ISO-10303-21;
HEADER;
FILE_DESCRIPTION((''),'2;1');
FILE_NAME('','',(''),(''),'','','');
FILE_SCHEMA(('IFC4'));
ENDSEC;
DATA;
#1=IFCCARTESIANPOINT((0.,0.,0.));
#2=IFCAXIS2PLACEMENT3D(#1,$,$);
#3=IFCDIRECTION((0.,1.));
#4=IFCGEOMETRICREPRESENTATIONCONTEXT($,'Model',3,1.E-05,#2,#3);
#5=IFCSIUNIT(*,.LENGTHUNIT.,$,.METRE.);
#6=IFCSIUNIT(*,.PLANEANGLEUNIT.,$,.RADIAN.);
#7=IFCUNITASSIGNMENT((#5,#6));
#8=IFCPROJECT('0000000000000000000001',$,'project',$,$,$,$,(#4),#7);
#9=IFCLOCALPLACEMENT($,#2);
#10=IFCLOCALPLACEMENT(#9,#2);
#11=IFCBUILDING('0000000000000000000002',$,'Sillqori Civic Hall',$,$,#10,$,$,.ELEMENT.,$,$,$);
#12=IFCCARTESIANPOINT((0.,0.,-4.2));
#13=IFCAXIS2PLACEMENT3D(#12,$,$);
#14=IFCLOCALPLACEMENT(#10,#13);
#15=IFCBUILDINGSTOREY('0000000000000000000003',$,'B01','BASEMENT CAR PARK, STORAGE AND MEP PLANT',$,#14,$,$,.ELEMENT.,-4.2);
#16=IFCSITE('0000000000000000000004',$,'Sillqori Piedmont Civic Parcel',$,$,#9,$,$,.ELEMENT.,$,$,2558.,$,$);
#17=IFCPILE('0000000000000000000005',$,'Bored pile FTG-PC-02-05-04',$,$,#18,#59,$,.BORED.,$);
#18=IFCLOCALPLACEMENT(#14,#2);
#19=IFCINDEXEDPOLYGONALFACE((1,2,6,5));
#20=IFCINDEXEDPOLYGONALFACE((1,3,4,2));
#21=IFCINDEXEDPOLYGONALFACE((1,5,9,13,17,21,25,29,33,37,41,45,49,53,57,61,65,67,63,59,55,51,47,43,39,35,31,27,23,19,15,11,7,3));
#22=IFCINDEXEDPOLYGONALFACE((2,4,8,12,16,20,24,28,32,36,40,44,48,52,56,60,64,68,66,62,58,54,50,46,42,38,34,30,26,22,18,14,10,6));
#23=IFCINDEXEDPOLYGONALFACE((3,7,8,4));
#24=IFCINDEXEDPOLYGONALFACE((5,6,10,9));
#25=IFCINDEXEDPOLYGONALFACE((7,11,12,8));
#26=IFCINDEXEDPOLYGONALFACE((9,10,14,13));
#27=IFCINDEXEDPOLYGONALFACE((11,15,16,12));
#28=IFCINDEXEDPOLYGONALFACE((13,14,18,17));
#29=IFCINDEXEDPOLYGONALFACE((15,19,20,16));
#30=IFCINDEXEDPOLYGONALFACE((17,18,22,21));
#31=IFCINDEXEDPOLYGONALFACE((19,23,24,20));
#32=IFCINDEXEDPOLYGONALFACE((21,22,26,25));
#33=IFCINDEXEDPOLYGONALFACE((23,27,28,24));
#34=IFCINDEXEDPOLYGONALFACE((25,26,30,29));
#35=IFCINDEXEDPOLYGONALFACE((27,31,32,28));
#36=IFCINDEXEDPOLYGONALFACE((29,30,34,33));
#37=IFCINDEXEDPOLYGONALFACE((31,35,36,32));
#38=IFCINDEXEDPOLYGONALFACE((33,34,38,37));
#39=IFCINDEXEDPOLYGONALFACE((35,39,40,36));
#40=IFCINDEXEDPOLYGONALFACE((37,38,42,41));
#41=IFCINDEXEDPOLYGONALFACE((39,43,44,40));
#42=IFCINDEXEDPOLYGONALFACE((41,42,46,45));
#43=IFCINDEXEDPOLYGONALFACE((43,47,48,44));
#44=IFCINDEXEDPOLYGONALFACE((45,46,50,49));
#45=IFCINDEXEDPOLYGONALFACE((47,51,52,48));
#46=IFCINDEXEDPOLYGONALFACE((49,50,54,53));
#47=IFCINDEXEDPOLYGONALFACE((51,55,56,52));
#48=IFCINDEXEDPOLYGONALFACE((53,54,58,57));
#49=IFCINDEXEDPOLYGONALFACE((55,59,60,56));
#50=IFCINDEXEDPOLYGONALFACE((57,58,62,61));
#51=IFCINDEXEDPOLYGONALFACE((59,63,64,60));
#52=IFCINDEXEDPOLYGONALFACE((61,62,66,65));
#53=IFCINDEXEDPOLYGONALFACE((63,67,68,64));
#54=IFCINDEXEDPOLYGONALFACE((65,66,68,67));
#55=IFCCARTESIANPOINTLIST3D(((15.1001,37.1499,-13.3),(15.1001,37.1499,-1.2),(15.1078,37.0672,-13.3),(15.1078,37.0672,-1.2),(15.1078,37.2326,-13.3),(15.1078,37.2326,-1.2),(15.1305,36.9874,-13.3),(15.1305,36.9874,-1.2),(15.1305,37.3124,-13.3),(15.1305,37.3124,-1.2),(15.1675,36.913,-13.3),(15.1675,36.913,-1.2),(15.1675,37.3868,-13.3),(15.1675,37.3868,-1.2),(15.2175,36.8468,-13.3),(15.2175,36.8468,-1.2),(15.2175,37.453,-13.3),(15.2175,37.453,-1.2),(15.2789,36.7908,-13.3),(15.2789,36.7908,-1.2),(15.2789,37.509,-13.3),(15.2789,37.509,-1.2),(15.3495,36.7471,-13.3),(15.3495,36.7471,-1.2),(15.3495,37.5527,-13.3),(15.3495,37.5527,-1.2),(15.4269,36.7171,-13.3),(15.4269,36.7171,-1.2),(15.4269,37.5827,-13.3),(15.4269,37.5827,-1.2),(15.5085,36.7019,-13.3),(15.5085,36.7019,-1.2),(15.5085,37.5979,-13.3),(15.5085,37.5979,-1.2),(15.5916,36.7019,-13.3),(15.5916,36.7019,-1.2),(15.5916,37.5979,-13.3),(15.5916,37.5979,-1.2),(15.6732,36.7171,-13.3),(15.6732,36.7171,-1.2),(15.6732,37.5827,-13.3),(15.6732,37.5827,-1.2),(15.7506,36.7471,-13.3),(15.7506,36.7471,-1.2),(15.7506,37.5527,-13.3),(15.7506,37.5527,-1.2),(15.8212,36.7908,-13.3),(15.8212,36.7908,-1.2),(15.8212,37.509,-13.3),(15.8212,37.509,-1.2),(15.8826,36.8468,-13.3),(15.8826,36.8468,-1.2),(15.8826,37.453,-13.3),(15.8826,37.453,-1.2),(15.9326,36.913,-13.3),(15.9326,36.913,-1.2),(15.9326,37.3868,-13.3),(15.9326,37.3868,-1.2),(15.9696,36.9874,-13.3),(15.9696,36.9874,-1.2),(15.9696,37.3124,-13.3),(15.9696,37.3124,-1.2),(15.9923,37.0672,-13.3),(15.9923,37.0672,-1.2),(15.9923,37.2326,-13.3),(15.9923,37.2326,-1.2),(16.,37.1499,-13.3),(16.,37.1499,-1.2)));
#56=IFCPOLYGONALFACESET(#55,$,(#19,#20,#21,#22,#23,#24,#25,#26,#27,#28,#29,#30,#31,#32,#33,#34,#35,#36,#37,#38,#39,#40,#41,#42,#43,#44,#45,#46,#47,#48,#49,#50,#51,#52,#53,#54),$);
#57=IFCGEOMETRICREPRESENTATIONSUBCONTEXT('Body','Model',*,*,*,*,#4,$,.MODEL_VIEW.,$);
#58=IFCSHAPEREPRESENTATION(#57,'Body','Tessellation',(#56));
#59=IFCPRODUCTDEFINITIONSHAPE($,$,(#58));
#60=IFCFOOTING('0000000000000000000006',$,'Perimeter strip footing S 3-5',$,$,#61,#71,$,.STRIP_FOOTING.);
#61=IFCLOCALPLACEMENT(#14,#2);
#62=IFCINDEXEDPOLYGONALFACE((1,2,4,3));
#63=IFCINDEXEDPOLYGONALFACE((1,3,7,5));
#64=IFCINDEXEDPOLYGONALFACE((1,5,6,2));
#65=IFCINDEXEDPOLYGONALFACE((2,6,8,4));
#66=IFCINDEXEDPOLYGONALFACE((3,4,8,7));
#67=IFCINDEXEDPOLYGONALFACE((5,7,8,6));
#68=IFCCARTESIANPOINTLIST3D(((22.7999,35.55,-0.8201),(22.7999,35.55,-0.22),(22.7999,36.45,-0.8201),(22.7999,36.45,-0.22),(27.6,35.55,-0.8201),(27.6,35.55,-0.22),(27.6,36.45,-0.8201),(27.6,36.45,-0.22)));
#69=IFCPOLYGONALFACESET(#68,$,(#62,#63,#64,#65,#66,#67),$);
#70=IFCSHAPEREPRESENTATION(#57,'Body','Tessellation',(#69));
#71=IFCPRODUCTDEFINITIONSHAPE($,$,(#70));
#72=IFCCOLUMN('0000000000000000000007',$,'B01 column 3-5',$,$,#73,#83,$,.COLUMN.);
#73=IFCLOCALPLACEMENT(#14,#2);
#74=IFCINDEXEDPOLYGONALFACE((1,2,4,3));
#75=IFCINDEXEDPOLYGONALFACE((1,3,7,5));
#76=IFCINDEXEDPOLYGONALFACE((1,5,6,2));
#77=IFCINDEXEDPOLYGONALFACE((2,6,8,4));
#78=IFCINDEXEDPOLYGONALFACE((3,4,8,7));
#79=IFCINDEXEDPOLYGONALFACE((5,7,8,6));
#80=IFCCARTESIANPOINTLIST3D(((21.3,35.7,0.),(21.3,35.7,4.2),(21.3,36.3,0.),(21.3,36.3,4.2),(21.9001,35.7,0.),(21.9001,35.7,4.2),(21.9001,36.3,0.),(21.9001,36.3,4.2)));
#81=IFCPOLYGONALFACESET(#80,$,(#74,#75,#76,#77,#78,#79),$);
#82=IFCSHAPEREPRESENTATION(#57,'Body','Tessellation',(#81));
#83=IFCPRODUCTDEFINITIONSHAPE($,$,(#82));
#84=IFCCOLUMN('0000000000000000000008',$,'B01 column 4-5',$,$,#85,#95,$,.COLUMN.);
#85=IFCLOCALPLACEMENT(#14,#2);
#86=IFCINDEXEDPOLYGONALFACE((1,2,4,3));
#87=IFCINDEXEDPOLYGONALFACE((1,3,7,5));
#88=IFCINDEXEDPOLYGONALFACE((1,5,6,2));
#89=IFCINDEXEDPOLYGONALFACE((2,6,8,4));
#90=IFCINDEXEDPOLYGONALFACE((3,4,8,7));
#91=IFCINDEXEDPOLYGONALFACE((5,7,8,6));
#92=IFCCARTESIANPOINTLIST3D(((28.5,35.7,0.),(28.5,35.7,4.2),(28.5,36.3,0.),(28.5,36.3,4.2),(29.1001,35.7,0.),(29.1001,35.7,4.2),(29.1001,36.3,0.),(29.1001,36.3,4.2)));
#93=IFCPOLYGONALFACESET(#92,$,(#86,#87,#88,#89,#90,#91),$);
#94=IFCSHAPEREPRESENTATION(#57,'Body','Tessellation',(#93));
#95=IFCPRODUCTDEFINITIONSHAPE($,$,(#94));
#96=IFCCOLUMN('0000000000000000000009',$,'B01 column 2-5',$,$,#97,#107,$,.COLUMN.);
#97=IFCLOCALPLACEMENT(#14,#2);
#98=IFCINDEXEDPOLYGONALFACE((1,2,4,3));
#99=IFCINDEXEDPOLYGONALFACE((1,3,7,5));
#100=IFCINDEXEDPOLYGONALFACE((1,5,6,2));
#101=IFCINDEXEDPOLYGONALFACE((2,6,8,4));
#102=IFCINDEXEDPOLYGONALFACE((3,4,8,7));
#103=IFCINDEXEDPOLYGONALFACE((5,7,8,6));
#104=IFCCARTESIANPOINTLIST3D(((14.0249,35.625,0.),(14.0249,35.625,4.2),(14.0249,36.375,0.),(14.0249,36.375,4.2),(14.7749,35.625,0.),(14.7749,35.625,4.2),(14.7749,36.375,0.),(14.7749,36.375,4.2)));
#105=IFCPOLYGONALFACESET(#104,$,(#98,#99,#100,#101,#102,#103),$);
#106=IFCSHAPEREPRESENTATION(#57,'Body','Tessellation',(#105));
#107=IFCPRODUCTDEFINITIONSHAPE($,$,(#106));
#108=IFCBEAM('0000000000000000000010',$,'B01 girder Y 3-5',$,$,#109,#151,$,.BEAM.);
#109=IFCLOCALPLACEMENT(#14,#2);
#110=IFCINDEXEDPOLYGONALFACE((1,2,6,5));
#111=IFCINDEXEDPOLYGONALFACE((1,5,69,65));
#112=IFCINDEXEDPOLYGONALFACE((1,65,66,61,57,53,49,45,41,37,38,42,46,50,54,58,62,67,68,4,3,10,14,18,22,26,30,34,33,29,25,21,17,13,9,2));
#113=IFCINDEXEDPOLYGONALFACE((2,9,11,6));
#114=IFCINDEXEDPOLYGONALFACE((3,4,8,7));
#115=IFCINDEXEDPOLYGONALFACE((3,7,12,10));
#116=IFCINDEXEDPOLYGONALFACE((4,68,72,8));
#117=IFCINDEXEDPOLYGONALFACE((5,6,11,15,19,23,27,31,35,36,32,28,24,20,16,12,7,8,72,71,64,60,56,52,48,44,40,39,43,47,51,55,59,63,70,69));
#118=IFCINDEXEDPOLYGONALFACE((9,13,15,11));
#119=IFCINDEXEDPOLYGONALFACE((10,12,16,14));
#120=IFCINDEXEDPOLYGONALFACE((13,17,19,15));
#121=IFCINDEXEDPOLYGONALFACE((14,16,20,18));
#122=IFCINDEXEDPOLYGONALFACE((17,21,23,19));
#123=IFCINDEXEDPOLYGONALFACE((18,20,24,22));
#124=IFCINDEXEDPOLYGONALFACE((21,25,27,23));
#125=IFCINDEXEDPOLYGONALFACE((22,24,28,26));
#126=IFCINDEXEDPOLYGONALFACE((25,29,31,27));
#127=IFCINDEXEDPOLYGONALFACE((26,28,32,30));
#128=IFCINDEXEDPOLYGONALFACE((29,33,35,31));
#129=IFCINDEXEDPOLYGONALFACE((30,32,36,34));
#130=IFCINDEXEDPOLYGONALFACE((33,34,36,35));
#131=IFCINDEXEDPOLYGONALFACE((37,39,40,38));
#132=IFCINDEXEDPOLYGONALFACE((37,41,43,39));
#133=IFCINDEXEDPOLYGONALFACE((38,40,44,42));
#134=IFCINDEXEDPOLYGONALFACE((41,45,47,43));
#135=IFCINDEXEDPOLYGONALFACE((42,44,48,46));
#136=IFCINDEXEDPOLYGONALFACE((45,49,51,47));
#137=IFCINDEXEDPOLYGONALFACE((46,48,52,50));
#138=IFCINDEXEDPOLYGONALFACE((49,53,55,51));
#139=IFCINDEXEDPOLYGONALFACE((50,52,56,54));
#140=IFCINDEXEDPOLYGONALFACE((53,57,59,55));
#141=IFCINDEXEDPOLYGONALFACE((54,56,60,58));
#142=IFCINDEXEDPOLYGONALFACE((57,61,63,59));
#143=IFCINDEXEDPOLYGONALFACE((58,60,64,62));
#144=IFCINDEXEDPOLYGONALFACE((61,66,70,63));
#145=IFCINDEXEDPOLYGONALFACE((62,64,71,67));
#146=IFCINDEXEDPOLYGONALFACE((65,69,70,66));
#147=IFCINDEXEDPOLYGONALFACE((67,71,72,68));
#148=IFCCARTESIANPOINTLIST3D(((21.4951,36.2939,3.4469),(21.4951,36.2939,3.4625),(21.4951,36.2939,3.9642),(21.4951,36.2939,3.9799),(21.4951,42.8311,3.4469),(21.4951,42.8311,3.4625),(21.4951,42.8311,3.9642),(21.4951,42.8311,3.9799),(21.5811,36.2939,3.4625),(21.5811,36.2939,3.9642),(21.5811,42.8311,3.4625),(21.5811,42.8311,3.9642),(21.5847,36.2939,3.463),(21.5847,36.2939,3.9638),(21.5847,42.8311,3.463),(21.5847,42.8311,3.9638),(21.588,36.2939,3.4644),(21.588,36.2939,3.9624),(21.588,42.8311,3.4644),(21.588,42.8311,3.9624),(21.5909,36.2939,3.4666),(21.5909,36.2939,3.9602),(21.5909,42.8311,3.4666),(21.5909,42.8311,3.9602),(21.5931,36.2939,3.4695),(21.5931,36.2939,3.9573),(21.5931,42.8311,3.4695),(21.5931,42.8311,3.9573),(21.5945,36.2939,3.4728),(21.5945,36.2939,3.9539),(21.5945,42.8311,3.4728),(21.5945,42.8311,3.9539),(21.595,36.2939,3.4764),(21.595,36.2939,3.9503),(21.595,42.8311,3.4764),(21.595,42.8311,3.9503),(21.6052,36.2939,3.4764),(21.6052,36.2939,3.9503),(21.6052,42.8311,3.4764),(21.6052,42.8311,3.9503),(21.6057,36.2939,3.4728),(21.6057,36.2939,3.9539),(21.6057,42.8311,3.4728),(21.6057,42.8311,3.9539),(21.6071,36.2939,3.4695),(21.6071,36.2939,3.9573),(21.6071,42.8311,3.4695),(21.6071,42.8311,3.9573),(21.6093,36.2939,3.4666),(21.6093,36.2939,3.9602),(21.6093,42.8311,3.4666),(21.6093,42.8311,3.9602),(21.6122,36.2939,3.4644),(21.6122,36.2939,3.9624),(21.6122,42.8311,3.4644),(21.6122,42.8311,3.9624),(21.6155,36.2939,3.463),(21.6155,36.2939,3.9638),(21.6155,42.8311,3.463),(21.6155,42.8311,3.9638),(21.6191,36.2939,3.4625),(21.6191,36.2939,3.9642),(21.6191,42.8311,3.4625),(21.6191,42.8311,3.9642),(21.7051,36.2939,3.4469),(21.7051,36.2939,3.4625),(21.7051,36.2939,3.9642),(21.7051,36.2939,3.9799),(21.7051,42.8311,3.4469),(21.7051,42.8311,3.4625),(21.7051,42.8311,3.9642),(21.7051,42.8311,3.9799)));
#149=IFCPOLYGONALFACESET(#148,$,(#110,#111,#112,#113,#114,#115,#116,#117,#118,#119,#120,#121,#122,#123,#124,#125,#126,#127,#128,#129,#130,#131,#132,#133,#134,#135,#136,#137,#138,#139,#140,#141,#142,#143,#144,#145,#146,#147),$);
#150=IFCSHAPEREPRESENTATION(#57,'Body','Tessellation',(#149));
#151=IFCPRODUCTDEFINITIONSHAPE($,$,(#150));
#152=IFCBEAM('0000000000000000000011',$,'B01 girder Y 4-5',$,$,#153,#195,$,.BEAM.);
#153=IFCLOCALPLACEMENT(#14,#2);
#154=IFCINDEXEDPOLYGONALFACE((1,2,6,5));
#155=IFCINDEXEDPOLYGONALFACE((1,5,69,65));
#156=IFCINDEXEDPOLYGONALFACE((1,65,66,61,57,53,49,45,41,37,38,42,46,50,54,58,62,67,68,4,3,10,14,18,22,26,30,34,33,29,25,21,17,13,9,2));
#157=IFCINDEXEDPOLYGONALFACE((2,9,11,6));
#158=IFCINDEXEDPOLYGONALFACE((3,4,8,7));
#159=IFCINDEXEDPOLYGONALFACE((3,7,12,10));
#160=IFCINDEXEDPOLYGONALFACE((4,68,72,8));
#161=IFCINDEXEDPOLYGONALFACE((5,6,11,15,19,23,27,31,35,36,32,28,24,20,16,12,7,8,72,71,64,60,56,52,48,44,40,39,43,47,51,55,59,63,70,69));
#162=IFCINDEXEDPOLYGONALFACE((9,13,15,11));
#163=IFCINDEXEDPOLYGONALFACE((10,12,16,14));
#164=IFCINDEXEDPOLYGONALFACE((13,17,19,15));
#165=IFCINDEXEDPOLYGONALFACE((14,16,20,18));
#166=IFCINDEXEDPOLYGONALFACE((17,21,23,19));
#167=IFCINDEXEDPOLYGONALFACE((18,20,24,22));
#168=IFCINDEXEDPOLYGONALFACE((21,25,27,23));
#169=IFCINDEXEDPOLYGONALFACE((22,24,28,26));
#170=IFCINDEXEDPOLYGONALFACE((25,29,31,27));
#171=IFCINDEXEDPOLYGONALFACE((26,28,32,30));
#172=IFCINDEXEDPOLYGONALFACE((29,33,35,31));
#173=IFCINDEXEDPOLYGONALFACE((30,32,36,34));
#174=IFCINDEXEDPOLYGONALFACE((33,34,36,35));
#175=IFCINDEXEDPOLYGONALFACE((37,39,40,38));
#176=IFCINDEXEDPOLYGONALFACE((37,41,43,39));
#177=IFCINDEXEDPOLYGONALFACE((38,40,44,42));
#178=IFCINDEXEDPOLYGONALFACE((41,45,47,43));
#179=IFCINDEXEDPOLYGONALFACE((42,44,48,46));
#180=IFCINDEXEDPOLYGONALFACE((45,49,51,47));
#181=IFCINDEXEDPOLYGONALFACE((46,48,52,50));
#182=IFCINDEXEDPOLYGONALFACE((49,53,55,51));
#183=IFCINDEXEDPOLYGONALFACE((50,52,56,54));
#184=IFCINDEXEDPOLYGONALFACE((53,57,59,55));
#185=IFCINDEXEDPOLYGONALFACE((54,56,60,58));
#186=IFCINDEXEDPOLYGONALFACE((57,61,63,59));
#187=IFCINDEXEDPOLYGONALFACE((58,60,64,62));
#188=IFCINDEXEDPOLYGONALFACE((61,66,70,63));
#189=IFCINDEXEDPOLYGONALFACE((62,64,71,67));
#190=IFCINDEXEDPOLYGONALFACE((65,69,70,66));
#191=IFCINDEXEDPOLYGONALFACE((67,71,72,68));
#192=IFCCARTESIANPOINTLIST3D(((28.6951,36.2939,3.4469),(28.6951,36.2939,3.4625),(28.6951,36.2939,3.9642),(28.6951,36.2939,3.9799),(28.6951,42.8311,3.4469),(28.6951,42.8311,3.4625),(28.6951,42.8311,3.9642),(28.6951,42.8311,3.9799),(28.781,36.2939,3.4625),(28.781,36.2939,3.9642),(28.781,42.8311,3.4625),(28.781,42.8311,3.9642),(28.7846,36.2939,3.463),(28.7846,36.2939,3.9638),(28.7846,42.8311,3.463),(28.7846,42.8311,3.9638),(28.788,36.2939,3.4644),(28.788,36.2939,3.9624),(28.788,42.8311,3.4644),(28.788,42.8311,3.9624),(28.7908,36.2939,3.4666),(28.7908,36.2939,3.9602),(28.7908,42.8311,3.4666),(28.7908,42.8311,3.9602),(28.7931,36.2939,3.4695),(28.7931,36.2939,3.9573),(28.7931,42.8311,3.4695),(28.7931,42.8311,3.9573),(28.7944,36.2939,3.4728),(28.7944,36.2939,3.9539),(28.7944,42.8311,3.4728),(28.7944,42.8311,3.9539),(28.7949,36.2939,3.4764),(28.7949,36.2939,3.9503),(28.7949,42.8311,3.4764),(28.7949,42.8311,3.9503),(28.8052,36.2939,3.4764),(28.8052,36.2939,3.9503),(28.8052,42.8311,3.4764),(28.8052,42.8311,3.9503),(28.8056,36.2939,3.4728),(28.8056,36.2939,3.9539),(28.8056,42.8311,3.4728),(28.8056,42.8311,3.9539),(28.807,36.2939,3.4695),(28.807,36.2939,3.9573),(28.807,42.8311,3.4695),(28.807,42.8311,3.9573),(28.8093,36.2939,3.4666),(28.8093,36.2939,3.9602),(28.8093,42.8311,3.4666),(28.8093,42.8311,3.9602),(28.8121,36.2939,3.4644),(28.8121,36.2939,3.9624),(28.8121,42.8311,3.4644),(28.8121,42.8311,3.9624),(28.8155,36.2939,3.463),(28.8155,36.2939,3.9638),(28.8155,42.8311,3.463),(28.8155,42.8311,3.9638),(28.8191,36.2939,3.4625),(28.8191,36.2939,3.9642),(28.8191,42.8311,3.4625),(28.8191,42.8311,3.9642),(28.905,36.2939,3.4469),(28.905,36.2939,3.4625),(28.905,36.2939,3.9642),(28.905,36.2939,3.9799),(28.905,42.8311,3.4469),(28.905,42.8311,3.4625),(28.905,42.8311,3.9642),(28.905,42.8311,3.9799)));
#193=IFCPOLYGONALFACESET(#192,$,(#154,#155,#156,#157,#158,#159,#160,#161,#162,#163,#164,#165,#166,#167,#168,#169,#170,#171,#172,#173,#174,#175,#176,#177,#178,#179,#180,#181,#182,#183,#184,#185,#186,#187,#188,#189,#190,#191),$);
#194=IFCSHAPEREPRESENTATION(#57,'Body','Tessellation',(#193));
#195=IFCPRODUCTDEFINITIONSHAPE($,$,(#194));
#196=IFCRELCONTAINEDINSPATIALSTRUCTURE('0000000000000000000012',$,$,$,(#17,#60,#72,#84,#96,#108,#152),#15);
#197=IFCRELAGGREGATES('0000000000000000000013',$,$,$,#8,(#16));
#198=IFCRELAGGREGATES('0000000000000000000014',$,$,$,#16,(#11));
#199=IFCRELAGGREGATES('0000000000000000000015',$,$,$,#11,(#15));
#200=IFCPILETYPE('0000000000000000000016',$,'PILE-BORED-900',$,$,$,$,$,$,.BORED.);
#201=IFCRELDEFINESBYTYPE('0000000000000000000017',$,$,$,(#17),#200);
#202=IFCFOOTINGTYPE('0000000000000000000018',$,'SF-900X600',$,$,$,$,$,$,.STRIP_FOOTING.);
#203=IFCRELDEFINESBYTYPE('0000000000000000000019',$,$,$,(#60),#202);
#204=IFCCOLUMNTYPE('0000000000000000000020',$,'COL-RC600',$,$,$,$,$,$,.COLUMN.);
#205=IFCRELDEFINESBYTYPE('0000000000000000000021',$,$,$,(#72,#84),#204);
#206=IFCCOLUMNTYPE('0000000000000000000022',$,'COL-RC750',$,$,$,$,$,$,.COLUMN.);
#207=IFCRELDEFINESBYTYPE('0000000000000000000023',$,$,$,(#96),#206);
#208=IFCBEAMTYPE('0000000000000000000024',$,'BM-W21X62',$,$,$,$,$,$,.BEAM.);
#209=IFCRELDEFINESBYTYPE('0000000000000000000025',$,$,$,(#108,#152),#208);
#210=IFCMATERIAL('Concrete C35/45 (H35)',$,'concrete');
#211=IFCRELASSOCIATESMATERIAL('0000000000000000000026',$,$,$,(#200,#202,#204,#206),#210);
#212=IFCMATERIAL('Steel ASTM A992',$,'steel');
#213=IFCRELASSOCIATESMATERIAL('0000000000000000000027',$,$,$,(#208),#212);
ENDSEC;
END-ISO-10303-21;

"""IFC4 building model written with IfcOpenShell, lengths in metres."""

from ifc_helpers import new_model, si_unit, direction, frame, origin, origin_2d, place, context, subcontext, project, spatial, rectangle, circle, i_section, extrude, material, material_profile, profile_set, type_object, element, save


model = new_model("IFC4")

# Units and contexts
model_context = context("Model", 3, precision=1e-05, world=origin(), true_north=direction((0.0, 1.0)))
body_context = subcontext(model_context, "Body", "Model", "MODEL_VIEW")
ifc_project = project(units=[si_unit("LENGTHUNIT", "METRE"), si_unit("PLANEANGLEUNIT", "RADIAN")], contexts=[model_context])

# Site, building, storey
site_placement = place(None, origin())
site = spatial("IfcSite", under=ifc_project, at=site_placement, Name="Sillqori Piedmont Civic Parcel", CompositionType="ELEMENT", RefElevation=2558.0)
building_placement = place(site_placement, origin())
building = spatial("IfcBuilding", under=site, at=building_placement, Name="Sillqori Civic Hall", CompositionType="ELEMENT")
storey_placement = place(building_placement, frame((0.0, 0.0, -4.2)))
storey = spatial("IfcBuildingStorey", under=building, at=storey_placement, Name="B01", Description="BASEMENT CAR PARK, STORAGE AND MEP PLANT", CompositionType="ELEMENT", Elevation=-4.2)

# Shared definitions
ifc_material_1 = material(Name="Concrete C35/45 (H35)", Category="concrete")

# Pile
ifc_material_profile_1 = material_profile(ifc_material_1, circle(Radius=0.45, at=origin_2d()), Name="BORED PILE 900")
ifc_profile_set_1 = profile_set([ifc_material_profile_1], Name="Concrete C35/45 (H35)")
pile_type = type_object("IfcPileType", Name="PILE-BORED-900", PredefinedType="BORED", material=ifc_profile_set_1)
for number, where, z_axis, x_axis, name in (
    (1, (15.55, 37.1499, -1.2), (0.0, 0.0, -1.0), (1.0, 0.0, 0.0), "Bored pile FTG-PC-02-05-04"),
):
    element("IfcPile", number, at=place(storey_placement, frame(where, z_axis=z_axis, x_axis=x_axis)), inside=storey, type_object=pile_type, Name=name, PredefinedType="BORED", context=body_context, shape_type="SweptSolid", body=[
        extrude(circle(Radius=0.45, at=origin_2d()), origin(), (0.0, 0.0, 1.0), 12.1001),
    ])

# Footing
footing_type_1 = type_object("IfcFootingType", Name="SF-900X600", PredefinedType="STRIP_FOOTING", material=ifc_material_1)
footing_1_placement = place(storey_placement, frame((25.2, 36.0, -0.8201), z_axis=(0.0, 0.0, 1.0), x_axis=(1.0, 0.0, 0.0)))
element("IfcFooting", 2, at=footing_1_placement, inside=storey, type_object=footing_type_1, Name="Perimeter strip footing S 3-5", PredefinedType="STRIP_FOOTING", context=body_context, shape_type="SweptSolid", body=[
    extrude(rectangle(XDim=4.8, YDim=0.8999, at=origin_2d()), origin(), (0.0, 0.0, 1.0), 0.6001),
])

# Columns
ifc_material_profile_2 = material_profile(ifc_material_1, rectangle(XDim=0.6001, YDim=0.6001, at=origin_2d()), Name="RC 600x600")
ifc_profile_set_2 = profile_set([ifc_material_profile_2], Name="Concrete C35/45 (H35)")
column_type_1 = type_object("IfcColumnType", Name="COL-RC600", PredefinedType="COLUMN", material=ifc_profile_set_2)
for number, where, z_axis, x_axis, name in (
    (3, (21.6001, 36.0, 0.0), (0.0, 0.0, 1.0), (1.0, 0.0, 0.0), "B01 column 3-5"),
    (4, (28.8, 36.0, 0.0), (0.0, 0.0, 1.0), (1.0, 0.0, 0.0), "B01 column 4-5"),
):
    element("IfcColumn", number, at=place(storey_placement, frame(where, z_axis=z_axis, x_axis=x_axis)), inside=storey, type_object=column_type_1, Name=name, PredefinedType="COLUMN", context=body_context, shape_type="SweptSolid", body=[
        extrude(rectangle(XDim=0.6001, YDim=0.6001, at=origin_2d()), origin(), (0.0, 0.0, 1.0), 4.2),
    ])
ifc_material_profile_3 = material_profile(ifc_material_1, rectangle(XDim=0.75, YDim=0.75, at=origin_2d()), Name="RC 750x750")
ifc_profile_set_3 = profile_set([ifc_material_profile_3], Name="Concrete C35/45 (H35)")
column_type_2 = type_object("IfcColumnType", Name="COL-RC750", PredefinedType="COLUMN", material=ifc_profile_set_3)
column_placement = place(storey_placement, frame((14.3999, 36.0, 0.0), z_axis=(0.0, 0.0, 1.0), x_axis=(1.0, 0.0, 0.0)))
element("IfcColumn", 5, at=column_placement, inside=storey, type_object=column_type_2, Name="B01 column 2-5", PredefinedType="COLUMN", context=body_context, shape_type="SweptSolid", body=[
    extrude(rectangle(XDim=0.75, YDim=0.75, at=origin_2d()), origin(), (0.0, 0.0, 1.0), 4.2),
])

# Beams
ifc_material_2 = material(Name="Steel ASTM A992", Category="steel")
ifc_material_profile_4 = material_profile(ifc_material_2, i_section(OverallWidth=0.21, OverallDepth=0.533, WebThickness=0.0103, FlangeThickness=0.0156, FilletRadius=0.0139, at=origin_2d()), Name="W21X62")
ifc_profile_set_4 = profile_set([ifc_material_profile_4], Name="Steel ASTM A992")
beam_type_1 = type_object("IfcBeamType", Name="BM-W21X62", PredefinedType="BEAM", material=ifc_profile_set_4)
for number, where, z_axis, x_axis, name in (
    (6, (21.6001, 36.2939, 3.7134), (0.0, 1.0, 0.0), (-1.0, 0.0, 0.0), "B01 girder Y 3-5"),
    (7, (28.8, 36.2939, 3.7134), (0.0, 1.0, 0.0), (-1.0, 0.0, 0.0), "B01 girder Y 4-5"),
):
    element("IfcBeam", number, at=place(storey_placement, frame(where, z_axis=z_axis, x_axis=x_axis)), inside=storey, type_object=beam_type_1, Name=name, PredefinedType="BEAM", context=body_context, shape_type="SweptSolid", body=[
        extrude(i_section(OverallWidth=0.21, OverallDepth=0.533, WebThickness=0.0103, FlangeThickness=0.0156, FilletRadius=0.0139, at=origin_2d()), origin(), (0.0, 0.0, 1.0), 6.5371),
    ])

save(model, "model.ifc")
